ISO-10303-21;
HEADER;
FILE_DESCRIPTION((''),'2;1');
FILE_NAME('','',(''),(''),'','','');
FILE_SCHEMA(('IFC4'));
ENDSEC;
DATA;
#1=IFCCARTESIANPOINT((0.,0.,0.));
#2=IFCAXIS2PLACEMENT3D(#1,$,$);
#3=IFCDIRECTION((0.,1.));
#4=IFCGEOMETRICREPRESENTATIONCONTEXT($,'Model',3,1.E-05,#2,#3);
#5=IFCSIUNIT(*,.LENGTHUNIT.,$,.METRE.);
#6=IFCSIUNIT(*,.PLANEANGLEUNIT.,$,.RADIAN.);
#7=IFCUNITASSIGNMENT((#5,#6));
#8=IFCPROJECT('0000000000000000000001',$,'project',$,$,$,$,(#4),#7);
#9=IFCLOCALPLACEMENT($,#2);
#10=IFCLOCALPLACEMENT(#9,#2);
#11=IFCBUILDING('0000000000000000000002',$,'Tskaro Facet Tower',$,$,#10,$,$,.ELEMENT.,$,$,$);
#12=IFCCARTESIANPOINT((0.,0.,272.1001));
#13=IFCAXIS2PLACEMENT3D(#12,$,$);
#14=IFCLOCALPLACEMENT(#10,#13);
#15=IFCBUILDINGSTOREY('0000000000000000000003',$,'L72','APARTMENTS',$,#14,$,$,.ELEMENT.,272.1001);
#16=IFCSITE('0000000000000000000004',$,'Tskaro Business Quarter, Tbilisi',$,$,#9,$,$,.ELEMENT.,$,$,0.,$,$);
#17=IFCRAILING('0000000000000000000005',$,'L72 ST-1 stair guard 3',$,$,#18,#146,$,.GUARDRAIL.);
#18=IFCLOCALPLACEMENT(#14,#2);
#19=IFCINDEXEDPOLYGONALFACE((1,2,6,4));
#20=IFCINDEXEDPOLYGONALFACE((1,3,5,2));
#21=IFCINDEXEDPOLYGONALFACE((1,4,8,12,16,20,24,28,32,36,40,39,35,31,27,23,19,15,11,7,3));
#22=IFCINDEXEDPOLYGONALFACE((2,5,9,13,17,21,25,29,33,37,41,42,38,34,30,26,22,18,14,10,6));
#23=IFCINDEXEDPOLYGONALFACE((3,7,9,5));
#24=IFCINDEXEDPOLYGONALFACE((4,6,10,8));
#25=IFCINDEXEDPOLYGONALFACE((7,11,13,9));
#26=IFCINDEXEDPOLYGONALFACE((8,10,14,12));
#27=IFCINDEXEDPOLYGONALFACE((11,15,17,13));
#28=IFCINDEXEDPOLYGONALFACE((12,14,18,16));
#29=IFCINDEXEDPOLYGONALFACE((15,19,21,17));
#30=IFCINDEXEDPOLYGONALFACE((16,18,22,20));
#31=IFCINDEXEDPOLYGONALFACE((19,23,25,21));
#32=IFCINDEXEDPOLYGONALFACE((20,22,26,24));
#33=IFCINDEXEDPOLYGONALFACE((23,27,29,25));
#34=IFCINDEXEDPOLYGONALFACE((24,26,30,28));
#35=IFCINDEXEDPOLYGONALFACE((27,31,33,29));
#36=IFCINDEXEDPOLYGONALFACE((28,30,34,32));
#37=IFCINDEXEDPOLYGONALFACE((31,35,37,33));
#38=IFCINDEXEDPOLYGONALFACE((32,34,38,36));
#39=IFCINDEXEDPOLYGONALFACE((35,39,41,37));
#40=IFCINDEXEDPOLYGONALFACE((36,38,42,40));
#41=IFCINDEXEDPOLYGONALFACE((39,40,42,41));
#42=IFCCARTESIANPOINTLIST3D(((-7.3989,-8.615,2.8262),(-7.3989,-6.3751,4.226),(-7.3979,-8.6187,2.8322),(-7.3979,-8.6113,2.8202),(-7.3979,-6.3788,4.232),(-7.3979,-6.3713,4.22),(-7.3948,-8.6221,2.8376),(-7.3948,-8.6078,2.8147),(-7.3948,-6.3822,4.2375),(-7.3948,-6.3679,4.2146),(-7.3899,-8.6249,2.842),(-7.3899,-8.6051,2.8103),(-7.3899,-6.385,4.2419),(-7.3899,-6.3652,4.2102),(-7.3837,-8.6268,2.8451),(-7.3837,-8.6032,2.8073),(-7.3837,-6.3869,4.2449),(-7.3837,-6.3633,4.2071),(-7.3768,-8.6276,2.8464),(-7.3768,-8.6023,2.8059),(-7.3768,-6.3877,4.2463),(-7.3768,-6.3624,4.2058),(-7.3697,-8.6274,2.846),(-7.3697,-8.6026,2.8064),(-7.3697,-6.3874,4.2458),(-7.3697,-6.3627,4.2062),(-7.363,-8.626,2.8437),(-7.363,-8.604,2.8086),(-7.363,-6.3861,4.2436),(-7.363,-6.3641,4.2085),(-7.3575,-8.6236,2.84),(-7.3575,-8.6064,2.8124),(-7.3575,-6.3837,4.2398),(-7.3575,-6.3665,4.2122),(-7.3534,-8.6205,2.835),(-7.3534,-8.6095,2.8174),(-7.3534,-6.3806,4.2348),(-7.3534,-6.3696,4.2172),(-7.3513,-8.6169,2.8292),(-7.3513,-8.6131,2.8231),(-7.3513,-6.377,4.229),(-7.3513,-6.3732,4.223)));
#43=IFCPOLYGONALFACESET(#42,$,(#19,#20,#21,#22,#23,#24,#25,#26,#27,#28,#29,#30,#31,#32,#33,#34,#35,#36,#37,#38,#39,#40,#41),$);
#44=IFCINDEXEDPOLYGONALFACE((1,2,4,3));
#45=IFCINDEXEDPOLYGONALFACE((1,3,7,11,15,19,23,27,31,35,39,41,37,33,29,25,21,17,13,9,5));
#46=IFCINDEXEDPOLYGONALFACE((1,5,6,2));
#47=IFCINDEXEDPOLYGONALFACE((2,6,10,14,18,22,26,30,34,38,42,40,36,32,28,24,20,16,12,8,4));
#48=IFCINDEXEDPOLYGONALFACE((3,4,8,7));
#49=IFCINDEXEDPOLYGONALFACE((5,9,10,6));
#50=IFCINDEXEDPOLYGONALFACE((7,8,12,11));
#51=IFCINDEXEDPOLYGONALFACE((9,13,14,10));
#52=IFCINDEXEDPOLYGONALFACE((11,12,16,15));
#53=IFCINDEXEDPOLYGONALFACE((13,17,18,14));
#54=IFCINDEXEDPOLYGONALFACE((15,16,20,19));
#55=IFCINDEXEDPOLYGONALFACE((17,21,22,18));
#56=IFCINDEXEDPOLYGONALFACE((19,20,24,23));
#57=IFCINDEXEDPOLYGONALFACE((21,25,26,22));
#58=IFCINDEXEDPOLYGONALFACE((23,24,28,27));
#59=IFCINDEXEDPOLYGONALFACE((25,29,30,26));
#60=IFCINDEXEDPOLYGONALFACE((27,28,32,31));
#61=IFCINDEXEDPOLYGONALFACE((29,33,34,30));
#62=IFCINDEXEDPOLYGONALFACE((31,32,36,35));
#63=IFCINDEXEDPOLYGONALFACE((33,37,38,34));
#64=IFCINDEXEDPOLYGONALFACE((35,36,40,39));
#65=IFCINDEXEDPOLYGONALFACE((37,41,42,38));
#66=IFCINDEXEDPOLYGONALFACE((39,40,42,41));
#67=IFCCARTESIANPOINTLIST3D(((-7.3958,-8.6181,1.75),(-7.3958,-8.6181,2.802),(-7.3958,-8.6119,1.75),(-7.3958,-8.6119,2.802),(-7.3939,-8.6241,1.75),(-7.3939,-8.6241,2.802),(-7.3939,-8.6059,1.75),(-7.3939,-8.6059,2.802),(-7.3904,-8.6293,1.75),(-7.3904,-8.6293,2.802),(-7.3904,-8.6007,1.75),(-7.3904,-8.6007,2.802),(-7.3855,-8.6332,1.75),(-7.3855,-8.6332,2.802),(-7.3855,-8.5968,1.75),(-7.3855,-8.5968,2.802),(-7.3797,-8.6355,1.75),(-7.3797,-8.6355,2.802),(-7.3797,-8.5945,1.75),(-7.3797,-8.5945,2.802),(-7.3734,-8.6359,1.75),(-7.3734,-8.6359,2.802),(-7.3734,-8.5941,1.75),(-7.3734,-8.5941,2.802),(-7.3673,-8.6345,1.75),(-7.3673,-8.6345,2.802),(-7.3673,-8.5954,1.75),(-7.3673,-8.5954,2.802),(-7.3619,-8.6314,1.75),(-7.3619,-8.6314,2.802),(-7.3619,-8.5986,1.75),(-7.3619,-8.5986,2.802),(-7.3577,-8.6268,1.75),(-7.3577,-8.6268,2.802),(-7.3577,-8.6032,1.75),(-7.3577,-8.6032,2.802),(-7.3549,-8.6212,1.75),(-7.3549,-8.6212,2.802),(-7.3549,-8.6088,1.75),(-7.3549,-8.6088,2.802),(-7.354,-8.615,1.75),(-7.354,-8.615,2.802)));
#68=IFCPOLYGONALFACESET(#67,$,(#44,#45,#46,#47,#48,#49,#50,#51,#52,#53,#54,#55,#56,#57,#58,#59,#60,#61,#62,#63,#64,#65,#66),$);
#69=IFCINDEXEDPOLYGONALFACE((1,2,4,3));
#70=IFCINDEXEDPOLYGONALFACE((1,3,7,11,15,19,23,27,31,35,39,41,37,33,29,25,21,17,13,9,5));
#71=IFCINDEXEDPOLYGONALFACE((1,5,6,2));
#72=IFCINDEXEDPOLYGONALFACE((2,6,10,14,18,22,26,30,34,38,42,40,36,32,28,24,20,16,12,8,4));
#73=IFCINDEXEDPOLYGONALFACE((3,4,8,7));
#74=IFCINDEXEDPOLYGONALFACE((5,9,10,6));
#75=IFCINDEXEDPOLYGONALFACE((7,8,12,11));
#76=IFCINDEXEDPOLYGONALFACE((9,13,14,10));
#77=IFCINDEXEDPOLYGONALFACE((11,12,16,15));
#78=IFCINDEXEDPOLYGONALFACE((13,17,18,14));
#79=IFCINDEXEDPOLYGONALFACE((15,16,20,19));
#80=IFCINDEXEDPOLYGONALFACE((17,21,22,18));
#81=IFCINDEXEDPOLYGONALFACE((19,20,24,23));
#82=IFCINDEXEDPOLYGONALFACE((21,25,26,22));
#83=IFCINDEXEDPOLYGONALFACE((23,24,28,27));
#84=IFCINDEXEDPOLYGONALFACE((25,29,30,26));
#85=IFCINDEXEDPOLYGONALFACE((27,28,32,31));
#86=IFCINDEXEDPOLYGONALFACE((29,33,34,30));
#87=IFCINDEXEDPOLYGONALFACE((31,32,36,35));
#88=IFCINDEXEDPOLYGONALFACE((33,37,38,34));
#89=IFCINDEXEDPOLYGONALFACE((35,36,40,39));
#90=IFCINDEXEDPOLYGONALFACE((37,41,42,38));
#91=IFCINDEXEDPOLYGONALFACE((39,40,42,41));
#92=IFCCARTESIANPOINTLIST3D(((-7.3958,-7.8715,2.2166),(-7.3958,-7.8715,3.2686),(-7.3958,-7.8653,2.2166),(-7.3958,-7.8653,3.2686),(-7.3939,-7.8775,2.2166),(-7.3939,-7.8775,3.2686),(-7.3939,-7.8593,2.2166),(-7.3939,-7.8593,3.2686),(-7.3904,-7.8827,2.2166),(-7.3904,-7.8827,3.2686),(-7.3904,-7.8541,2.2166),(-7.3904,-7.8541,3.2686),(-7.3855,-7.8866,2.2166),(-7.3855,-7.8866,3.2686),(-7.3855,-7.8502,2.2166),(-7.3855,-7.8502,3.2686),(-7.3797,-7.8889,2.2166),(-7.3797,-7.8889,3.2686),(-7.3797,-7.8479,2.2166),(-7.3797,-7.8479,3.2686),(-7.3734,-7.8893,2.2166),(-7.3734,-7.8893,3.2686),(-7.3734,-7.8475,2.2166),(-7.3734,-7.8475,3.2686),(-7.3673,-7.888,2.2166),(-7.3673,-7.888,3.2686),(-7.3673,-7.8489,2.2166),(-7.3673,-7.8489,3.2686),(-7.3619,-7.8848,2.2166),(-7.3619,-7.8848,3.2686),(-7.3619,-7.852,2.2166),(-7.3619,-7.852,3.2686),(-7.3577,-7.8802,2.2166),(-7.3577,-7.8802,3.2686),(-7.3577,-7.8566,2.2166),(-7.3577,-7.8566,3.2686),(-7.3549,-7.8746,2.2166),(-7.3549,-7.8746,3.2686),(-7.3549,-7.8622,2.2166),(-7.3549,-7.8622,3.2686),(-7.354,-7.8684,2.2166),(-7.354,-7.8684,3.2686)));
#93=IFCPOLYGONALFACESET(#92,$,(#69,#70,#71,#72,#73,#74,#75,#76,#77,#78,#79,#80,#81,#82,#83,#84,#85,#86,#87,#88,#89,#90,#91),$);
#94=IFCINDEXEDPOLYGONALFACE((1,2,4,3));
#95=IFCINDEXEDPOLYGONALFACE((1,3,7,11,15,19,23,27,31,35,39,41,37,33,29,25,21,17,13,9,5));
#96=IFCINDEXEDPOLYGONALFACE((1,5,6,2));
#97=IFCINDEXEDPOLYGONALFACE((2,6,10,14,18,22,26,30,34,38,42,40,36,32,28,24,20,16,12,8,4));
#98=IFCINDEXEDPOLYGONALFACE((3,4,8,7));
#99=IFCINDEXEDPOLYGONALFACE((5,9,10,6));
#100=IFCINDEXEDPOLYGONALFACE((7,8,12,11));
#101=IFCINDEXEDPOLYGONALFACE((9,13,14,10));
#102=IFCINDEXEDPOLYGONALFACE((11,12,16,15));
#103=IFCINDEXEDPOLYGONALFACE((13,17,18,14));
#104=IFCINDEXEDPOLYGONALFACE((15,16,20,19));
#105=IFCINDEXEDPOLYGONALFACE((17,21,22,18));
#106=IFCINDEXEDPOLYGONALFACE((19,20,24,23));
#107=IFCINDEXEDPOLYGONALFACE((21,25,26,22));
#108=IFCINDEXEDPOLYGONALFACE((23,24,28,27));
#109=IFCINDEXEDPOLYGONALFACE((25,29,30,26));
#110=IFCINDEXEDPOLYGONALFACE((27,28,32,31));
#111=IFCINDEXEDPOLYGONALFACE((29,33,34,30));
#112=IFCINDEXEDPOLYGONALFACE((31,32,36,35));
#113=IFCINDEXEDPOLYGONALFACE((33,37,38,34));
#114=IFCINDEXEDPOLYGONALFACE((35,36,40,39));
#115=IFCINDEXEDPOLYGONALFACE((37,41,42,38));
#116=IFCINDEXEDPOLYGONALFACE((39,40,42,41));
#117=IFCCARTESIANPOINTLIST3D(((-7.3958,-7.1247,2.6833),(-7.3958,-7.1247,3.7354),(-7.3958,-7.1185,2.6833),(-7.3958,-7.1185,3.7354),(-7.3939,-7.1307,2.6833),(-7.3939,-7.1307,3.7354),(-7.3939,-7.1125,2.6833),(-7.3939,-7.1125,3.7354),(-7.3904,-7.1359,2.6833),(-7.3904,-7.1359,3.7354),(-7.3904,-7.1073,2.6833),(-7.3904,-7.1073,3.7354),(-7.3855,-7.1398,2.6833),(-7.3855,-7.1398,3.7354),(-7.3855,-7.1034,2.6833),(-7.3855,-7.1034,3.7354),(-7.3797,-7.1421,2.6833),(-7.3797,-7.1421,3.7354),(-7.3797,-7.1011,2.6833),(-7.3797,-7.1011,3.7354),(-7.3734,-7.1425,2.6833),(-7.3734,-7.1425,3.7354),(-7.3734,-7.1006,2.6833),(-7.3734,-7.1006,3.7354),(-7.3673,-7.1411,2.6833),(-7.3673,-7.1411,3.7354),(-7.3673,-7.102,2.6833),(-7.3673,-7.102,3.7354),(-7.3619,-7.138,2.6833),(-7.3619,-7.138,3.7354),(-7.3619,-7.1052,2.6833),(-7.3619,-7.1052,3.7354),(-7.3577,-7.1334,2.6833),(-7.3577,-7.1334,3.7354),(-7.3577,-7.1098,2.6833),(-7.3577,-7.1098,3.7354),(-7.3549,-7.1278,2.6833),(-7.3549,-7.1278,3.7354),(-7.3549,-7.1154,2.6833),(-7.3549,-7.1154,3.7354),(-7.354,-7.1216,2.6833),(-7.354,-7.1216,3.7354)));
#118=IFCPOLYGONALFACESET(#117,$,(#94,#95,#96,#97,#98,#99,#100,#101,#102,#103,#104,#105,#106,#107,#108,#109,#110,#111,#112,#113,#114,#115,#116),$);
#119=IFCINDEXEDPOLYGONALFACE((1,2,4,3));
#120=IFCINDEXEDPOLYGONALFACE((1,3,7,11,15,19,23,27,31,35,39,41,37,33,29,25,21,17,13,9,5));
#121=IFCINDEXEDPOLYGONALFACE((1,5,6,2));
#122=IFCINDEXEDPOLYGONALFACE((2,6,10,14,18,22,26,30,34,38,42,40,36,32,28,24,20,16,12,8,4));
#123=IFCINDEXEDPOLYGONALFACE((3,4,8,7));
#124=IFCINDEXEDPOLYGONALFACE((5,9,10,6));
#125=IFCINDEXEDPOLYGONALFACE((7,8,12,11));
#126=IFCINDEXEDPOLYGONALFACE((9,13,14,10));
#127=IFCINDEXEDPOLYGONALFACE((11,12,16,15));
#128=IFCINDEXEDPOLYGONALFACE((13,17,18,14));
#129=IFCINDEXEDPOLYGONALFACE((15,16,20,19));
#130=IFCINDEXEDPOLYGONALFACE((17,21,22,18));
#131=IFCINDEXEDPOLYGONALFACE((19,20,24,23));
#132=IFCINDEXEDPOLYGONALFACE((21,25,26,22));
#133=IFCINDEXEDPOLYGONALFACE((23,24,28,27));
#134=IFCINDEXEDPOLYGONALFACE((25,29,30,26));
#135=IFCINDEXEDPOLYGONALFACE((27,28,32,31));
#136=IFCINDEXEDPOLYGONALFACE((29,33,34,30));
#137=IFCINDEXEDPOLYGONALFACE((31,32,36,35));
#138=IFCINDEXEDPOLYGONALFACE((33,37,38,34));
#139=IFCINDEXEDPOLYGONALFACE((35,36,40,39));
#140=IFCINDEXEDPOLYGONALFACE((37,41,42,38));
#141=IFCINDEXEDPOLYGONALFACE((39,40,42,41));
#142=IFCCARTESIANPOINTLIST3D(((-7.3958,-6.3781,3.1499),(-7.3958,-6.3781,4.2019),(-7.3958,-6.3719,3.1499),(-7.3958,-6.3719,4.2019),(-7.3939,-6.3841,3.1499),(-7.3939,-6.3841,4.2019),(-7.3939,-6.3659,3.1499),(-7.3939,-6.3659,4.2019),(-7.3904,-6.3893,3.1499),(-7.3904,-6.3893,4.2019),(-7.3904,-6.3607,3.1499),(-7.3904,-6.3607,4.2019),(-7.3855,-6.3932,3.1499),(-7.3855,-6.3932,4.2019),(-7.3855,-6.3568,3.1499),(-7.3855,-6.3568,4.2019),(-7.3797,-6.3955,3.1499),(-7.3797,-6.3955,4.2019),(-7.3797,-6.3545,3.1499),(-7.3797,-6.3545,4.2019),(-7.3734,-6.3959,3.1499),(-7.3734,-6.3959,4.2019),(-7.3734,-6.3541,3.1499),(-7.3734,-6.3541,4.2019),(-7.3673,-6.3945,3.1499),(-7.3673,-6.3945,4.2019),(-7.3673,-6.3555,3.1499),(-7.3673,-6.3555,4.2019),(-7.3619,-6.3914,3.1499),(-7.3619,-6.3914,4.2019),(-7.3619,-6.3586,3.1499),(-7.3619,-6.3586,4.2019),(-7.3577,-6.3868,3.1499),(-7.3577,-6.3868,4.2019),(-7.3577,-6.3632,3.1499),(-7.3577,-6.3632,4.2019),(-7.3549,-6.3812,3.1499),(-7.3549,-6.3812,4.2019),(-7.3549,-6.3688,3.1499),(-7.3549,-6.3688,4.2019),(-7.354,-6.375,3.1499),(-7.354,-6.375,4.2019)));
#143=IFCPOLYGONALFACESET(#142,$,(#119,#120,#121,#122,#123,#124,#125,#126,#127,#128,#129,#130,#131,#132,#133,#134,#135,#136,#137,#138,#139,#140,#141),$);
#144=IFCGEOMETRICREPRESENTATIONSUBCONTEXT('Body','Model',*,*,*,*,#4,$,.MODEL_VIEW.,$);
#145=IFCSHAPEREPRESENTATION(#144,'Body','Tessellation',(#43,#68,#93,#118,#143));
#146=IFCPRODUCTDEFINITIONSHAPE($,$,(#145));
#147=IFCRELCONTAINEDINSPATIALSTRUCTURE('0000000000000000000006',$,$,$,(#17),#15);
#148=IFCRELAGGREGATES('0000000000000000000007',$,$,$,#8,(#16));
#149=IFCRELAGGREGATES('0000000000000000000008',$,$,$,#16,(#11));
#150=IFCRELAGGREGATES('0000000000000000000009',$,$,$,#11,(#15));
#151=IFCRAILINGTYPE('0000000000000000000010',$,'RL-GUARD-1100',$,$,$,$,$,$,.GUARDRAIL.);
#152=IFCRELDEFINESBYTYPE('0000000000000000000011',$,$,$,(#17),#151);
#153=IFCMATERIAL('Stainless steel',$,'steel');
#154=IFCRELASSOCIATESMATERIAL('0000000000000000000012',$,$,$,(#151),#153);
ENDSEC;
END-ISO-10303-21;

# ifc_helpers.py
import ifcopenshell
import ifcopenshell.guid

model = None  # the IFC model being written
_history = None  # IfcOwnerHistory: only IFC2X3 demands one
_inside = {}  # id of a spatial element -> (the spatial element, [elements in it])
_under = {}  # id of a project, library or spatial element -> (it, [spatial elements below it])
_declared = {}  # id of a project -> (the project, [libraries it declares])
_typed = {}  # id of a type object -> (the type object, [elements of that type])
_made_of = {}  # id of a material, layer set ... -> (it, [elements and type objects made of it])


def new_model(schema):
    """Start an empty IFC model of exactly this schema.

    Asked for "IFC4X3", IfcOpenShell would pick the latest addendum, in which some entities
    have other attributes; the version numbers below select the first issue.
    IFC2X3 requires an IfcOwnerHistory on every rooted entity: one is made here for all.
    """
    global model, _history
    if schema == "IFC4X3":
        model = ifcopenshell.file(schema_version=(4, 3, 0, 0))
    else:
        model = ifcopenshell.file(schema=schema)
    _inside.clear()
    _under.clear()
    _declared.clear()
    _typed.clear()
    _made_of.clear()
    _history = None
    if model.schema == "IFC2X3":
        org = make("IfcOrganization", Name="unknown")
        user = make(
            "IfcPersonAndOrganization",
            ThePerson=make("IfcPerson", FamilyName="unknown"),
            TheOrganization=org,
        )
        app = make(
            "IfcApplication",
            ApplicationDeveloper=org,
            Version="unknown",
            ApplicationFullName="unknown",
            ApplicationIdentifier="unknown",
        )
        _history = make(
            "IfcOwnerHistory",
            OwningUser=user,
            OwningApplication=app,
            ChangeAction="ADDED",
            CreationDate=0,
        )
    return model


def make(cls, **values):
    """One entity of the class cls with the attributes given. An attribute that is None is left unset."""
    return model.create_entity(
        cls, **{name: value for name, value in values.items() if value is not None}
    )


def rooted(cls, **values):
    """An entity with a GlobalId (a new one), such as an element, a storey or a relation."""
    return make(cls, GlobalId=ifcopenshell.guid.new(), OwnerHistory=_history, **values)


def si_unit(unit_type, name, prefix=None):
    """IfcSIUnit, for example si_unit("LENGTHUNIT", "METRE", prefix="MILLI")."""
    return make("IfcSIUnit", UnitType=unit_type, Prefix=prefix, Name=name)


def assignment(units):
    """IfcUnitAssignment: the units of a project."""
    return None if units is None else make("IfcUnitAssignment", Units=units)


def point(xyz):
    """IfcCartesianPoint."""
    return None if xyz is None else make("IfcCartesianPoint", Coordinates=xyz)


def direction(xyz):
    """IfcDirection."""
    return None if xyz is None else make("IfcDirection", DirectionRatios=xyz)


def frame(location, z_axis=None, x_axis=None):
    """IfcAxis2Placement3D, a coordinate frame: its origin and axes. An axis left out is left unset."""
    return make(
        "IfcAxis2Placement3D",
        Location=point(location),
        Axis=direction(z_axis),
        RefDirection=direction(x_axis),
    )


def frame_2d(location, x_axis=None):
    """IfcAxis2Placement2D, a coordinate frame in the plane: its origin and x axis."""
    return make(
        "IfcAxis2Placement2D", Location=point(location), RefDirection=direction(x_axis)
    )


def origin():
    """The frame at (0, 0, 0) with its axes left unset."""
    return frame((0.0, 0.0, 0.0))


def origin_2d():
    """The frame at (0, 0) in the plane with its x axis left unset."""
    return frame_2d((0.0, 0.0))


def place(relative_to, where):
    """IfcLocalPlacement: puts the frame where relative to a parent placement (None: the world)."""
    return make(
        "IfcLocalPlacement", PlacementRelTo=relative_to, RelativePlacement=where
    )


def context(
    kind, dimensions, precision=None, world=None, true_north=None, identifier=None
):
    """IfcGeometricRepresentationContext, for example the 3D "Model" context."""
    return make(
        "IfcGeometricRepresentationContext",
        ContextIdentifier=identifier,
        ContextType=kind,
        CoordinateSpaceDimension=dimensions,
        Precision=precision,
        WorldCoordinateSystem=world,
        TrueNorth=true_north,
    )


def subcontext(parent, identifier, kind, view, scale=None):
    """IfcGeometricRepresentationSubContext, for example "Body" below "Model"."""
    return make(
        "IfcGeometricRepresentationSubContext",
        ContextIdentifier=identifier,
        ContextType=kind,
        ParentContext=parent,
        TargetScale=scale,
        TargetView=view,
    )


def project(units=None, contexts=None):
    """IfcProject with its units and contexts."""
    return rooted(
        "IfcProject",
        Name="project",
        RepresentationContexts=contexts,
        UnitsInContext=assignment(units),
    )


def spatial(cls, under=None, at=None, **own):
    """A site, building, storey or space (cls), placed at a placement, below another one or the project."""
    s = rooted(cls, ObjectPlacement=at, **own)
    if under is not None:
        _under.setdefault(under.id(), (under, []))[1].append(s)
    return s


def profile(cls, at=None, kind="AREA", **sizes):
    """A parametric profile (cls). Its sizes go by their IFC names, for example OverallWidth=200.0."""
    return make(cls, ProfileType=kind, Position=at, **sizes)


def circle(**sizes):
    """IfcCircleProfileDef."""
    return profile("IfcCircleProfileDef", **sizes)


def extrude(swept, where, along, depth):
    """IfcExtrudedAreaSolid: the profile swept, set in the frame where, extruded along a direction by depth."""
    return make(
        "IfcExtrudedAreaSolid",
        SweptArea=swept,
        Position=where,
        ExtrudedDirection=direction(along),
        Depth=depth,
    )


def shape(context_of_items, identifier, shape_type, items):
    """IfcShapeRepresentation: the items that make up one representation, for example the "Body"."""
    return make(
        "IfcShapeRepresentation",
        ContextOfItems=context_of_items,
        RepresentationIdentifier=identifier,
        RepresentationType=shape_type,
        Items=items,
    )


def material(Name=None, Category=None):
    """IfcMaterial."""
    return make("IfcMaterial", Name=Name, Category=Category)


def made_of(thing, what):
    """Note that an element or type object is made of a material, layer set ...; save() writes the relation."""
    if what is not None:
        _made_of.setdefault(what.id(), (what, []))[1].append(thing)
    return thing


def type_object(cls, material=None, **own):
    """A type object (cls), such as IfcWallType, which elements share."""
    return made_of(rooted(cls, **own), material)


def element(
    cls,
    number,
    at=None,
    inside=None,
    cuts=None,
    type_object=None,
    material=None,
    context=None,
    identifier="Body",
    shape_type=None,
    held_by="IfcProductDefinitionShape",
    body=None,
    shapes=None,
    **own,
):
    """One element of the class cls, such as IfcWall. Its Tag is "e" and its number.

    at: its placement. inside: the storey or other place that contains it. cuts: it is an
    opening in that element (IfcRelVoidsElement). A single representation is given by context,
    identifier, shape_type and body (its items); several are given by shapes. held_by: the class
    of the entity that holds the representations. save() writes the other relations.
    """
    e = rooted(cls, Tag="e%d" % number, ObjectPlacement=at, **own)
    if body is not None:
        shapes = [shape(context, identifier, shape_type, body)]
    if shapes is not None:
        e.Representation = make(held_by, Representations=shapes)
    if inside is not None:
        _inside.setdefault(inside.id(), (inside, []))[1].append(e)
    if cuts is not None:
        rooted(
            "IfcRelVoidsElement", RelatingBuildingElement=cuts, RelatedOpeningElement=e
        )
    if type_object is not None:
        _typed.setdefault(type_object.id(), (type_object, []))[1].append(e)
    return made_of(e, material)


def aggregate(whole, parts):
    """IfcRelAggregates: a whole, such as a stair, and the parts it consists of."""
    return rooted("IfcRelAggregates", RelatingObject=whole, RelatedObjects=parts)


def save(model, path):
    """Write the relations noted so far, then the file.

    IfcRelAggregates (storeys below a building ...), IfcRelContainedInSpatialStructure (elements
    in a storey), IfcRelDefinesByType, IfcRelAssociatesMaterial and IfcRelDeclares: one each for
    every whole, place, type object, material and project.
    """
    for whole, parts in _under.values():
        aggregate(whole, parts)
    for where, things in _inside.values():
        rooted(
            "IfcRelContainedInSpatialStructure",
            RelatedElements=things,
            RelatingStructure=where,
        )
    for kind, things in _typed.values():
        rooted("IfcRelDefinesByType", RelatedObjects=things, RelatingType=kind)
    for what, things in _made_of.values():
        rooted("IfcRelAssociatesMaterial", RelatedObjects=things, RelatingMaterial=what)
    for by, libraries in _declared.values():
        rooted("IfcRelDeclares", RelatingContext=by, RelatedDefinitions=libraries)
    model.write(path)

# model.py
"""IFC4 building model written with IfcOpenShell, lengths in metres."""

from ifc_helpers import new_model, si_unit, direction, frame, origin, origin_2d, place, context, subcontext, project, spatial, circle, extrude, material, type_object, element, save


model = new_model("IFC4")

# Units and contexts
model_context = context("Model", 3, precision=1e-05, world=origin(), true_north=direction((0.0, 1.0)))
body_context = subcontext(model_context, "Body", "Model", "MODEL_VIEW")
ifc_project = project(units=[si_unit("LENGTHUNIT", "METRE"), si_unit("PLANEANGLEUNIT", "RADIAN")], contexts=[model_context])

# Site, building, storey
site_placement = place(None, origin())
site = spatial("IfcSite", under=ifc_project, at=site_placement, Name="Tskaro Business Quarter, Tbilisi", CompositionType="ELEMENT", RefElevation=0.0)
building_placement = place(site_placement, origin())
building = spatial("IfcBuilding", under=site, at=building_placement, Name="Tskaro Facet Tower", CompositionType="ELEMENT")
storey_placement = place(building_placement, frame((0.0, 0.0, 272.1001)))
storey = spatial("IfcBuildingStorey", under=building, at=storey_placement, Name="L72", Description="APARTMENTS", CompositionType="ELEMENT", Elevation=272.1001)

# Shared definitions
ifc_material_1 = material(Name="Stainless steel", Category="steel")

# Railing
railing_type_1 = type_object("IfcRailingType", Name="RL-GUARD-1100", PredefinedType="GUARDRAIL", material=ifc_material_1)
railing_1_placement = place(storey_placement, frame((-7.375, -8.615, 1.75)))
element("IfcRailing", 1, at=railing_1_placement, inside=storey, type_object=railing_type_1, Name="L72 ST-1 stair guard 3", PredefinedType="GUARDRAIL", context=body_context, shape_type="SweptSolid", body=[
    extrude(circle(Radius=0.0239, at=origin_2d()), frame((0.0, 0.0, 1.0762), z_axis=(0.0, 0.848014, 0.529974), x_axis=(-1.0, 0.0, 0.0)), (0.0, 0.0, 1.0), 2.6414),
    extrude(circle(Radius=0.021, at=origin_2d()), origin(), (0.0, 0.0, 1.0), 1.052),
    extrude(circle(Radius=0.021, at=origin_2d()), frame((0.0, 0.7466, 0.4666)), (0.0, 0.0, 1.0), 1.052),
    extrude(circle(Radius=0.021, at=origin_2d()), frame((0.0, 1.4934, 0.9333)), (0.0, 0.0, 1.0), 1.052),
    extrude(circle(Radius=0.021, at=origin_2d()), frame((0.0, 2.24, 1.3999)), (0.0, 0.0, 1.0), 1.052),
])

save(model, "model.ifc")
